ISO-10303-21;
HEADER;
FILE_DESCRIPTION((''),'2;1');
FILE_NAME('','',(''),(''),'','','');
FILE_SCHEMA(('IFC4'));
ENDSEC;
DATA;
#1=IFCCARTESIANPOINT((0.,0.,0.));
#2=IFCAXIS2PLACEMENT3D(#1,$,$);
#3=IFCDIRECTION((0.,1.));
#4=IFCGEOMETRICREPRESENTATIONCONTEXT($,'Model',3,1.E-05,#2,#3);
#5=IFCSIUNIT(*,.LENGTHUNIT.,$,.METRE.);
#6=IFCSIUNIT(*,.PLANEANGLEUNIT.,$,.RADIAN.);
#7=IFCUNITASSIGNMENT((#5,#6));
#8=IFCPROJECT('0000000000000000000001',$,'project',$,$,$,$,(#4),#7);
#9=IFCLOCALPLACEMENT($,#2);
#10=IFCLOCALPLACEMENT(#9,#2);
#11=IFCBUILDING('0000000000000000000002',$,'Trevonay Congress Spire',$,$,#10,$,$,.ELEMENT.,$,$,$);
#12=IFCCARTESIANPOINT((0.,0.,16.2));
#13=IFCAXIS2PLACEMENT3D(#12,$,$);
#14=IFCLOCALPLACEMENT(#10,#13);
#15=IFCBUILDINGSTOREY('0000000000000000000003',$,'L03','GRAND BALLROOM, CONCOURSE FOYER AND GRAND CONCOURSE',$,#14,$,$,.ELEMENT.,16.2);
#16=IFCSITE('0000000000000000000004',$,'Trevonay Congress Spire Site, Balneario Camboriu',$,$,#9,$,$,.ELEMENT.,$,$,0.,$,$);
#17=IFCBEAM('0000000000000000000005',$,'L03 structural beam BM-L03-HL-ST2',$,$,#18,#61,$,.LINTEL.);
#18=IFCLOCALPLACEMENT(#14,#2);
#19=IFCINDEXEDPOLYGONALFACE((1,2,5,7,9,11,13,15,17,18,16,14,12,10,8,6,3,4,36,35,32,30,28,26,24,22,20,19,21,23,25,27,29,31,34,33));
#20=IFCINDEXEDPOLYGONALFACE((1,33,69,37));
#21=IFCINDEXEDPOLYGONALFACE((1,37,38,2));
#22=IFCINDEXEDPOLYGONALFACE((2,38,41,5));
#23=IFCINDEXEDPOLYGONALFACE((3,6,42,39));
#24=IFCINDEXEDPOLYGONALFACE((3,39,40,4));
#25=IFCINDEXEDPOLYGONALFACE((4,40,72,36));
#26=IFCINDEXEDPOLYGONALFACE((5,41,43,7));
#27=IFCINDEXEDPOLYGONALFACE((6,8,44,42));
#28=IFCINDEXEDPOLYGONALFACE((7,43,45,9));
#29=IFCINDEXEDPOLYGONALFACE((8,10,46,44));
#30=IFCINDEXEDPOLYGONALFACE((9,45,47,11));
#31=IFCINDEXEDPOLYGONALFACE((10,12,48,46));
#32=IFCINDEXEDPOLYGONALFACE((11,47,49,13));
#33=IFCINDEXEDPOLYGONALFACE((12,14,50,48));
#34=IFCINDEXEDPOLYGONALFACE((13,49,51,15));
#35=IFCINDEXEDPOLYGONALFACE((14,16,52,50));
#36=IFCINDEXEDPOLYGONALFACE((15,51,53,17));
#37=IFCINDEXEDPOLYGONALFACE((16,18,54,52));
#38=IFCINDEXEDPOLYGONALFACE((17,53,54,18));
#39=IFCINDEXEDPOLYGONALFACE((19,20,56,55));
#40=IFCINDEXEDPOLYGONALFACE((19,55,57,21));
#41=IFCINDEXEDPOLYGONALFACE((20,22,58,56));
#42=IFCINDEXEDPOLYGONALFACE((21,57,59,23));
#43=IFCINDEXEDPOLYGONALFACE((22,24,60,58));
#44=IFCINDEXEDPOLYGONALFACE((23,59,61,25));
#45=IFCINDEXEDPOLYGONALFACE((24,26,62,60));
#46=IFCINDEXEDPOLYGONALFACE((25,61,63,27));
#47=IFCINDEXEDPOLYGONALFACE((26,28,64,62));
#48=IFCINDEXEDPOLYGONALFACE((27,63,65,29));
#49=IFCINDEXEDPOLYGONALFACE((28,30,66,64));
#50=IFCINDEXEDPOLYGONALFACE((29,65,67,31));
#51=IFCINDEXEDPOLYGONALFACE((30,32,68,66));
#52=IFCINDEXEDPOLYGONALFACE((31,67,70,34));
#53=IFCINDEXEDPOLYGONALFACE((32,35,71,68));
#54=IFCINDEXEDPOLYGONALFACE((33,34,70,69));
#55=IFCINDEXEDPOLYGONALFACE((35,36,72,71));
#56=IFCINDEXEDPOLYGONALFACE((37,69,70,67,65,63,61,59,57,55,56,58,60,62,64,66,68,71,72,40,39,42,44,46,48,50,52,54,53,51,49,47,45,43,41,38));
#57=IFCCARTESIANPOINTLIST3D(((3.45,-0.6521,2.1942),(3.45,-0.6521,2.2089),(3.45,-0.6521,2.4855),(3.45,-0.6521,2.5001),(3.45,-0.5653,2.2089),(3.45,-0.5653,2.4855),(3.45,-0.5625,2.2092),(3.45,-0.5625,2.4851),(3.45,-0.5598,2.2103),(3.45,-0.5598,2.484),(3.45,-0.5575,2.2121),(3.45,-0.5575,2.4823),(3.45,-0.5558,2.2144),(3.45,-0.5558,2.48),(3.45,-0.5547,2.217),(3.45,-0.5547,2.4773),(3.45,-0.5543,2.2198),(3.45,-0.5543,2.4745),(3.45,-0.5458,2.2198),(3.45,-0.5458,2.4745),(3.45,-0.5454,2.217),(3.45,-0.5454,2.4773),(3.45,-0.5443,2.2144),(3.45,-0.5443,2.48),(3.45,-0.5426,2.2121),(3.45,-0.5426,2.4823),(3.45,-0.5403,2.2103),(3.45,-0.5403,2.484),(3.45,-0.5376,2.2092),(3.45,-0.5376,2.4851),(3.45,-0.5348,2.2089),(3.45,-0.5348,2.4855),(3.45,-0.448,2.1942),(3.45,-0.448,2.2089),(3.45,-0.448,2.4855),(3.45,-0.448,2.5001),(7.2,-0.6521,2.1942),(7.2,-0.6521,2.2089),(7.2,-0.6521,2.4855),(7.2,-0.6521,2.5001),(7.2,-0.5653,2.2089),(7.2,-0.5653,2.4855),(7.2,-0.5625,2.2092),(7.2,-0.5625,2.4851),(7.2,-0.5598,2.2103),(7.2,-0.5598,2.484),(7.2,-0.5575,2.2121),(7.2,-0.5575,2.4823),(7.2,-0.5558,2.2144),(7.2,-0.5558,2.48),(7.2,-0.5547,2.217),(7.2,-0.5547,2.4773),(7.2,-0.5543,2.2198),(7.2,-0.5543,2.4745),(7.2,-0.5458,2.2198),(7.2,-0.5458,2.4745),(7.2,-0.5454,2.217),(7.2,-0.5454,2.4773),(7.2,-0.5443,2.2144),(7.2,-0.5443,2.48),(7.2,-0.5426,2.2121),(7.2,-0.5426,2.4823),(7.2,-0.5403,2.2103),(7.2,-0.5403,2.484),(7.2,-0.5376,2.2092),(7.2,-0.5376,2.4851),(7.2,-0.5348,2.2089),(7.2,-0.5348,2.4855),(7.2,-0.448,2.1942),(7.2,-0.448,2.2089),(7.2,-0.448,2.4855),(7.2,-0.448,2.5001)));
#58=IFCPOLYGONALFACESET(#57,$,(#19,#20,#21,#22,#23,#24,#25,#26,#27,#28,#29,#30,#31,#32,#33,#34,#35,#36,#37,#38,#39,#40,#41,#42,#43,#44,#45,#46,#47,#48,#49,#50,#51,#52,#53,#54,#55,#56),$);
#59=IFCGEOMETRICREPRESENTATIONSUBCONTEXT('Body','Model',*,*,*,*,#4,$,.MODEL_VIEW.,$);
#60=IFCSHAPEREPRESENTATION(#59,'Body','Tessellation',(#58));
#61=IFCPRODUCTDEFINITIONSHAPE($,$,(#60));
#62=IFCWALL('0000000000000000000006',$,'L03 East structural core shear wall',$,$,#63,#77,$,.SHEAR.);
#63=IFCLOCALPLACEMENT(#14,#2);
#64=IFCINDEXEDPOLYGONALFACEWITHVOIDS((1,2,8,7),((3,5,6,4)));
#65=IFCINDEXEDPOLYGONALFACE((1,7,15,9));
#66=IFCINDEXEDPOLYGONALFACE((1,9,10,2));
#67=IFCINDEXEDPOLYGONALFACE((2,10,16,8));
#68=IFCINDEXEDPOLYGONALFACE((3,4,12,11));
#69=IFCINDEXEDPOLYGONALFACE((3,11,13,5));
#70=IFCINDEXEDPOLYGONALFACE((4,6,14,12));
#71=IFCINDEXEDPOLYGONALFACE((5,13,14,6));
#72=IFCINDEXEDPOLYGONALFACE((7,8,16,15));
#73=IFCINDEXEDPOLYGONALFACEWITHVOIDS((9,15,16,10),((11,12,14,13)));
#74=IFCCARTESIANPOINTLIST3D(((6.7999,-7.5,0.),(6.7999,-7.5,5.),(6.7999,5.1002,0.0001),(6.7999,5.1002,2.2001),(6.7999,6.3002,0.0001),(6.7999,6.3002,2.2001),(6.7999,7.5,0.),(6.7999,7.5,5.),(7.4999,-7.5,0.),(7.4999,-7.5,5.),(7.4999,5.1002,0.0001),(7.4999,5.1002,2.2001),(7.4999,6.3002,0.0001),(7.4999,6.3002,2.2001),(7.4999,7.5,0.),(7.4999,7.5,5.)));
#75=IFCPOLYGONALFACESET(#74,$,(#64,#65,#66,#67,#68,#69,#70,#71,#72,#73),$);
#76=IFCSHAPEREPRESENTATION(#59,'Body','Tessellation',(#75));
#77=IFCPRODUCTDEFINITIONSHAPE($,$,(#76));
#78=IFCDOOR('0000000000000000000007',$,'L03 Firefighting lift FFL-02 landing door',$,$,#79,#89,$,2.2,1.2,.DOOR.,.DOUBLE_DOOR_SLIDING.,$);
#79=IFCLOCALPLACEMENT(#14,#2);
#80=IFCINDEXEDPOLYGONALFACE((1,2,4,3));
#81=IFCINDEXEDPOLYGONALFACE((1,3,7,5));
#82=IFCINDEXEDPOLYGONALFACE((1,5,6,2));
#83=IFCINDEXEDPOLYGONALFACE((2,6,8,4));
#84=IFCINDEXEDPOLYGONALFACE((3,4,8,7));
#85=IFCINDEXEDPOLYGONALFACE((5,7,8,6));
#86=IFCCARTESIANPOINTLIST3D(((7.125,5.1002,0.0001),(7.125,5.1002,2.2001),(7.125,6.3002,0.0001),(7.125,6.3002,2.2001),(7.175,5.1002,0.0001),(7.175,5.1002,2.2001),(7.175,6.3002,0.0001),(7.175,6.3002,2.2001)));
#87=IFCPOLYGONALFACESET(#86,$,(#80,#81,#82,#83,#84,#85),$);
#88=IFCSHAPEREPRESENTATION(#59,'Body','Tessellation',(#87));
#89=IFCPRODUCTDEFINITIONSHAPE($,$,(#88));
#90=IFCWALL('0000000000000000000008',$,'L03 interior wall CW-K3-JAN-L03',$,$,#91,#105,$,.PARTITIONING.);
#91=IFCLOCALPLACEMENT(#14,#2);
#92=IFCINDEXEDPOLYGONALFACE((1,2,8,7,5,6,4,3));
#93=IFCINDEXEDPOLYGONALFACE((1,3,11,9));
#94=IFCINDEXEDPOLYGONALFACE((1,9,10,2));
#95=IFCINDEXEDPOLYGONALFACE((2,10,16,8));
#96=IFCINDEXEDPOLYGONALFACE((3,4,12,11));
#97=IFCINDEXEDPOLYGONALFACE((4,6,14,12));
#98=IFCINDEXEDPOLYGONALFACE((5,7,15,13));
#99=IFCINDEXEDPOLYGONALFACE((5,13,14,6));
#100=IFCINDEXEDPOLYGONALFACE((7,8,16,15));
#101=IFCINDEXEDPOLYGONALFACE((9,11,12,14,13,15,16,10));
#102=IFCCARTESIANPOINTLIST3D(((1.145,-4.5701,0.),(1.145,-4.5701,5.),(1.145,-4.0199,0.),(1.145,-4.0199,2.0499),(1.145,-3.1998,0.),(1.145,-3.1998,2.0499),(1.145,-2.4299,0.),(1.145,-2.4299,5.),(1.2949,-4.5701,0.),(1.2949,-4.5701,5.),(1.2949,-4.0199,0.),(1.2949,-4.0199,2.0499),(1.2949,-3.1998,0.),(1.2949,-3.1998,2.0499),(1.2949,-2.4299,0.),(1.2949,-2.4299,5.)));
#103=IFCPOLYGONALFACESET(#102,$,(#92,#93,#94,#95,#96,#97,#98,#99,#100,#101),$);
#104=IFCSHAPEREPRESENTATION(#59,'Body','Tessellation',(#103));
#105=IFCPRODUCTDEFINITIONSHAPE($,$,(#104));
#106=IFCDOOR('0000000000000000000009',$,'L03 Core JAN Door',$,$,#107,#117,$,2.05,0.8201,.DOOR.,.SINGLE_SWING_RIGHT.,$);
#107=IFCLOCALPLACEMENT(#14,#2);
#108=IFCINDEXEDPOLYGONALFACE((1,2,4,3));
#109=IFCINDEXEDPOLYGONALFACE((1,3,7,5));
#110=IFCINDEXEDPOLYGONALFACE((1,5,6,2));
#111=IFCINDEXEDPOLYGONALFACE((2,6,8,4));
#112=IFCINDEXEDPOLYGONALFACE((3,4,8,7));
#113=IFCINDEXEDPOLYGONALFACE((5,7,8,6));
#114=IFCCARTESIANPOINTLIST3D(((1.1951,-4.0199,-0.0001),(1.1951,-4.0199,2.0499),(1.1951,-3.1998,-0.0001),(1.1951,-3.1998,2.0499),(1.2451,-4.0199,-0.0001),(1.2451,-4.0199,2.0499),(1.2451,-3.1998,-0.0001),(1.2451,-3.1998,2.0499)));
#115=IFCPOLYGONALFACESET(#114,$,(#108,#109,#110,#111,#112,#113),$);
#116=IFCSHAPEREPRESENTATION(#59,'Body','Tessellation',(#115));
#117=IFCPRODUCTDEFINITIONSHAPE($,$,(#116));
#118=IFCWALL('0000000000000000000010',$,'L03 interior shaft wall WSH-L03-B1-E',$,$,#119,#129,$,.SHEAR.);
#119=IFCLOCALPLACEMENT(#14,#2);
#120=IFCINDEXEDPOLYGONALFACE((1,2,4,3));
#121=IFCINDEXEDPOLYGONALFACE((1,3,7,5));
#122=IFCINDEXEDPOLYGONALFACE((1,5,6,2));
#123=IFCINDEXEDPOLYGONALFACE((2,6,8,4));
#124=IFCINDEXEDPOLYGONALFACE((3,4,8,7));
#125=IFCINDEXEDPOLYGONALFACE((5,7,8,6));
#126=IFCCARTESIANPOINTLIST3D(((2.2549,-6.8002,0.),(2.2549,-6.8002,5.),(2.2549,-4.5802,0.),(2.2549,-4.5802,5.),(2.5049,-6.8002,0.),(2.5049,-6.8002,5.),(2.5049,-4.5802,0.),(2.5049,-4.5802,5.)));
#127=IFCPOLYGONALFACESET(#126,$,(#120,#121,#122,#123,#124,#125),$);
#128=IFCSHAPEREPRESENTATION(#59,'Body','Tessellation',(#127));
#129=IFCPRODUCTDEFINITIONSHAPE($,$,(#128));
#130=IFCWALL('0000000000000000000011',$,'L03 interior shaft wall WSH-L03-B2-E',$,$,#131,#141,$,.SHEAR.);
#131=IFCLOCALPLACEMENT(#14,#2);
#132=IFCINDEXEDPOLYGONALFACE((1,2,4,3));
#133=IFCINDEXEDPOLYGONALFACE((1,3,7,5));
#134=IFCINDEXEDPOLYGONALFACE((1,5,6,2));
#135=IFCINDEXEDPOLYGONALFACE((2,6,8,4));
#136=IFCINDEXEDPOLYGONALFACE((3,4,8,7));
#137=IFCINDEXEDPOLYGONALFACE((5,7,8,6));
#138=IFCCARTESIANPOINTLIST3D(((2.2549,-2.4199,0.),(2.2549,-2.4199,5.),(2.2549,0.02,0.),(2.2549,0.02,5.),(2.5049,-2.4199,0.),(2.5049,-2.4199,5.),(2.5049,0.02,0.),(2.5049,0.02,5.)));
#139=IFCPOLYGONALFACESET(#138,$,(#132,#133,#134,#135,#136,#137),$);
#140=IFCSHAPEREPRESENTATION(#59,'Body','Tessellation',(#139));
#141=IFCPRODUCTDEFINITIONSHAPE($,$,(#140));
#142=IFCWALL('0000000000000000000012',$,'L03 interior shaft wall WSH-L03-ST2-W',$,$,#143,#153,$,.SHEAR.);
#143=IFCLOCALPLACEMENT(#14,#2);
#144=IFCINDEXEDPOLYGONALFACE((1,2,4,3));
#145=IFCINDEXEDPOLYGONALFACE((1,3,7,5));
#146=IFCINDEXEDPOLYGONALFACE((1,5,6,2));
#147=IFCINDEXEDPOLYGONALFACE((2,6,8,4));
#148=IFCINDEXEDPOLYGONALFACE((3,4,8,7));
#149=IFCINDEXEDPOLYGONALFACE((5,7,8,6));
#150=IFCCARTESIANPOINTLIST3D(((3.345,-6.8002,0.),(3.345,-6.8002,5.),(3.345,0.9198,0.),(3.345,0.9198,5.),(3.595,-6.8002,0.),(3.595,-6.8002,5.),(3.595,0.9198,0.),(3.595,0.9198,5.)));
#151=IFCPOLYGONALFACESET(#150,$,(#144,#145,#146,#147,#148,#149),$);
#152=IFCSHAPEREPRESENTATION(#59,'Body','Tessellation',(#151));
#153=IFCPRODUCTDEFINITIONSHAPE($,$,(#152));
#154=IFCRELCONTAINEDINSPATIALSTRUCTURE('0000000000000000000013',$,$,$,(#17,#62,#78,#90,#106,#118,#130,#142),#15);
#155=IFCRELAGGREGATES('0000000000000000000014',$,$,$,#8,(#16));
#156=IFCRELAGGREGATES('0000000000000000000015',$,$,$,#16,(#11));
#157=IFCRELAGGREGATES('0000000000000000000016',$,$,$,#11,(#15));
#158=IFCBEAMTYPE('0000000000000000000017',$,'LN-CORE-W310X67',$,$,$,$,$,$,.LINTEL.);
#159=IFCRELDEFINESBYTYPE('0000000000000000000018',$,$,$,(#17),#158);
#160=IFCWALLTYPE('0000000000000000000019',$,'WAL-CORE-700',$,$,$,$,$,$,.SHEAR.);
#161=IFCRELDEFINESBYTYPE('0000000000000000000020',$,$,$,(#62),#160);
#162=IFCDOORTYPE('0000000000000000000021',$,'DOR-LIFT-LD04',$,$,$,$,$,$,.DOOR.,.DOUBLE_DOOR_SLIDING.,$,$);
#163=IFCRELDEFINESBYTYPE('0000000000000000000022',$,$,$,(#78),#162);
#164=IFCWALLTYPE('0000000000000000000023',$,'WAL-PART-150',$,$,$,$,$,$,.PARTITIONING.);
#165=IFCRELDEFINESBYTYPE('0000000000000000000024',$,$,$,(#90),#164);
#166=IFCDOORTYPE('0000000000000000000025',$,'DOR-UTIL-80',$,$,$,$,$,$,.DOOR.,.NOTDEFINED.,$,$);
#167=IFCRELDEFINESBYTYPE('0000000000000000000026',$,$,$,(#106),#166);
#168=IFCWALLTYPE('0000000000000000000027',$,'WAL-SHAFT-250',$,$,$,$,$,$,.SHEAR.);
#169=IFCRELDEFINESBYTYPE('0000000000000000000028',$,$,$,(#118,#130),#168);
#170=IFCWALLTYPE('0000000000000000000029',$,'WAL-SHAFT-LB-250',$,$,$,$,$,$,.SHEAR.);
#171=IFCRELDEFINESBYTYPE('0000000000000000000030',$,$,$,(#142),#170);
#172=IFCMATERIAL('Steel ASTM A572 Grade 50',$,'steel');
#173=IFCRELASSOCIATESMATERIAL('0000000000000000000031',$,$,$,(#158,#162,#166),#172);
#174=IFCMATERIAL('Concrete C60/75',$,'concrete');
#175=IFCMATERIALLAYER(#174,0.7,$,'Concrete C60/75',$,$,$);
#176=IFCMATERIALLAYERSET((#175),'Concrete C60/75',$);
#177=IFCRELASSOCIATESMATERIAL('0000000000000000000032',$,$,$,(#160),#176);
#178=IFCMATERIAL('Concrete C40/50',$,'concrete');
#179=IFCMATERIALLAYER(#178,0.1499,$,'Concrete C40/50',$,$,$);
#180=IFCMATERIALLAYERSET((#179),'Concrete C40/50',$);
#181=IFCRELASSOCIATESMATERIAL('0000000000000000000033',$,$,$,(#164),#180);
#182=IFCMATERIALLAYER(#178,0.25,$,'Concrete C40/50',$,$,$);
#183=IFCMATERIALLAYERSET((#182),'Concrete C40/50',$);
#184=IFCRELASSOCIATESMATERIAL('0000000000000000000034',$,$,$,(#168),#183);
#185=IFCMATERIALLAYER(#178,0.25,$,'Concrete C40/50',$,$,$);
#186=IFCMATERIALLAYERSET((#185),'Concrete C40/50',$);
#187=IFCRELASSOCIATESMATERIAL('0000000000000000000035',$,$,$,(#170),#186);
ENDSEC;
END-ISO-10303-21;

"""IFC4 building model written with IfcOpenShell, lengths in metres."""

from ifc_helpers import new_model, si_unit, direction, frame, frame_2d, origin, origin_2d, place, context, subcontext, project, spatial, rectangle, i_section, extrude, material, layer, layer_set, material_profile, profile_set, type_object, element, fill, save


model = new_model("IFC4")

# Units and contexts
model_context = context("Model", 3, precision=1e-05, world=origin(), true_north=direction((0.0, 1.0)))
body_context = subcontext(model_context, "Body", "Model", "MODEL_VIEW")
ifc_project = project(units=[si_unit("LENGTHUNIT", "METRE"), si_unit("PLANEANGLEUNIT", "RADIAN")], contexts=[model_context])

# Site, building, storey
site_placement = place(None, origin())
site = spatial("IfcSite", under=ifc_project, at=site_placement, Name="Trevonay Congress Spire Site, Balneario Camboriu", CompositionType="ELEMENT", RefElevation=0.0)
building_placement = place(site_placement, origin())
building = spatial("IfcBuilding", under=site, at=building_placement, Name="Trevonay Congress Spire", CompositionType="ELEMENT")
storey_placement = place(building_placement, frame((0.0, 0.0, 16.2)))
storey = spatial("IfcBuildingStorey", under=building, at=storey_placement, Name="L03", Description="GRAND BALLROOM, CONCOURSE FOYER AND GRAND CONCOURSE", CompositionType="ELEMENT", Elevation=16.2)

# Shared definitions
ifc_material_1 = material(Name="Steel ASTM A572 Grade 50", Category="steel")

# Beam
ifc_material_profile_1 = material_profile(ifc_material_1, i_section(OverallWidth=0.2041, OverallDepth=0.3059, WebThickness=0.0085, FlangeThickness=0.0146, FilletRadius=0.011, at=origin_2d()), Name="W310x67")
ifc_profile_set_1 = profile_set([ifc_material_profile_1], Name="Steel ASTM A572 Grade 50")
beam_type_1 = type_object("IfcBeamType", Name="LN-CORE-W310X67", PredefinedType="LINTEL", material=ifc_profile_set_1)
beam_1_placement = place(storey_placement, frame((3.45, -0.55, 2.3472), z_axis=(1.0, 0.0, 0.0), x_axis=(0.0, 1.0, 0.0)))
element("IfcBeam", 1, at=beam_1_placement, inside=storey, type_object=beam_type_1, Name="L03 structural beam BM-L03-HL-ST2", PredefinedType="LINTEL", context=body_context, shape_type="SweptSolid", body=[
    extrude(i_section(OverallWidth=0.2041, OverallDepth=0.3059, WebThickness=0.0085, FlangeThickness=0.0146, FilletRadius=0.011, at=origin_2d()), origin(), (0.0, 0.0, 1.0), 3.75),
])

# Walls, openings, doors
ifc_material_2 = material(Name="Concrete C60/75", Category="concrete")
ifc_layer_1 = layer(ifc_material_2, 0.7, Name="Concrete C60/75")
ifc_layer_set_1 = layer_set([ifc_layer_1], Name="Concrete C60/75")
wall_type_1 = type_object("IfcWallType", Name="WAL-CORE-700", PredefinedType="SHEAR", material=ifc_layer_set_1)
wall_1_placement = place(storey_placement, frame((7.1499, -7.5, 0.0), z_axis=(0.0, 0.0, 1.0), x_axis=(0.0, 1.0, 0.0)))
wall_1 = element("IfcWall", 2, at=wall_1_placement, inside=storey, type_object=wall_type_1, Name="L03 East structural core shear wall", PredefinedType="SHEAR", context=body_context, shape_type="SweptSolid", body=[
    extrude(rectangle(XDim=15.0, YDim=0.7, at=frame_2d((7.5, 0.0))), origin(), (0.0, 0.0, 1.0), 5.0),
])
opening_1_placement = place(wall_1_placement, frame((12.6001, 0.0, 0.0)))
opening_1 = element("IfcOpeningElement", 3, at=opening_1_placement, cuts=wall_1, PredefinedType="OPENING", context=body_context, shape_type="SweptSolid", body=[
    extrude(rectangle(XDim=1.2, YDim=2.2, at=frame_2d((0.6001, 1.1001))), frame((0.0, 0.3599, 0.0), z_axis=(0.0, -1.0, 0.0), x_axis=(1.0, 0.0, 0.0)), (0.0, 0.0, 1.0), 0.72),
])
door_type_1 = type_object("IfcDoorType", Name="DOR-LIFT-LD04", OperationType="DOUBLE_DOOR_SLIDING", PredefinedType="DOOR", material=ifc_material_1)
door_1_placement = place(opening_1_placement, origin())
door_1 = element("IfcDoor", 4, at=door_1_placement, inside=storey, type_object=door_type_1, Name="L03 Firefighting lift FFL-02 landing door", OperationType="DOUBLE_DOOR_SLIDING", OverallHeight=2.2, OverallWidth=1.2, PredefinedType="DOOR", context=body_context, shape_type="SweptSolid", body=[
    extrude(rectangle(XDim=1.2, YDim=2.2, at=frame_2d((0.6001, 1.1001))), frame((0.0, 0.0249, 0.0), z_axis=(0.0, -1.0, 0.0), x_axis=(1.0, 0.0, 0.0)), (0.0, 0.0, 1.0), 0.05),
])
fill(opening_1, door_1)
ifc_material_3 = material(Name="Concrete C40/50", Category="concrete")
ifc_layer_2 = layer(ifc_material_3, 0.1499, Name="Concrete C40/50")
ifc_layer_set_2 = layer_set([ifc_layer_2], Name="Concrete C40/50")
wall_type_2 = type_object("IfcWallType", Name="WAL-PART-150", PredefinedType="PARTITIONING", material=ifc_layer_set_2)
wall_2_placement = place(storey_placement, frame((1.22, -4.5701, 0.0), z_axis=(0.0, 0.0, 1.0), x_axis=(0.0, 1.0, 0.0)))
wall_2 = element("IfcWall", 5, at=wall_2_placement, inside=storey, type_object=wall_type_2, Name="L03 interior wall CW-K3-JAN-L03", PredefinedType="PARTITIONING", context=body_context, shape_type="SweptSolid", body=[
    extrude(rectangle(XDim=2.1401, YDim=0.1499, at=frame_2d((1.0701, 0.0))), origin(), (0.0, 0.0, 1.0), 5.0),
])
opening_2_placement = place(wall_2_placement, frame((0.55, 0.0, 0.0)))
opening_2 = element("IfcOpeningElement", 6, at=opening_2_placement, cuts=wall_2, PredefinedType="OPENING", context=body_context, shape_type="SweptSolid", body=[
    extrude(rectangle(XDim=0.8201, YDim=2.05, at=frame_2d((0.4102, 1.0249))), frame((0.0, 0.085, 0.0), z_axis=(0.0, -1.0, 0.0), x_axis=(1.0, 0.0, 0.0)), (0.0, 0.0, 1.0), 0.1699),
])
door_type_2 = type_object("IfcDoorType", Name="DOR-UTIL-80", OperationType="NOTDEFINED", PredefinedType="DOOR", material=ifc_material_1)
door_2_placement = place(opening_2_placement, origin())
door_2 = element("IfcDoor", 7, at=door_2_placement, inside=storey, type_object=door_type_2, Name="L03 Core JAN Door", OperationType="SINGLE_SWING_RIGHT", OverallHeight=2.05, OverallWidth=0.8201, PredefinedType="DOOR", context=body_context, shape_type="SweptSolid", body=[
    extrude(rectangle(XDim=0.8201, YDim=2.05, at=frame_2d((0.4102, 1.0249))), frame((0.0, 0.0249, 0.0), z_axis=(0.0, -1.0, 0.0), x_axis=(1.0, 0.0, 0.0)), (0.0, 0.0, 1.0), 0.05),
])
fill(opening_2, door_2)

# Walls
ifc_layer_3 = layer(ifc_material_3, 0.25, Name="Concrete C40/50")
ifc_layer_set_3 = layer_set([ifc_layer_3], Name="Concrete C40/50")
wall_type_3 = type_object("IfcWallType", Name="WAL-SHAFT-250", PredefinedType="SHEAR", material=ifc_layer_set_3)
wall_3_placement = place(storey_placement, frame((2.3799, -6.8, 0.0), z_axis=(0.0, 0.0, 1.0), x_axis=(0.0, 1.0, 0.0)))
element("IfcWall", 8, at=wall_3_placement, inside=storey, type_object=wall_type_3, Name="L03 interior shaft wall WSH-L03-B1-E", PredefinedType="SHEAR", context=body_context, shape_type="SweptSolid", body=[
    extrude(rectangle(XDim=2.22, YDim=0.25, at=frame_2d((1.1099, 0.0))), origin(), (0.0, 0.0, 1.0), 5.0),
])
wall_4_placement = place(storey_placement, frame((2.3799, -2.4199, 0.0), z_axis=(0.0, 0.0, 1.0), x_axis=(0.0, 1.0, 0.0)))
element("IfcWall", 9, at=wall_4_placement, inside=storey, type_object=wall_type_3, Name="L03 interior shaft wall WSH-L03-B2-E", PredefinedType="SHEAR", context=body_context, shape_type="SweptSolid", body=[
    extrude(rectangle(XDim=2.4399, YDim=0.25, at=frame_2d((1.22, 0.0))), origin(), (0.0, 0.0, 1.0), 5.0),
])
ifc_layer_4 = layer(ifc_material_3, 0.25, Name="Concrete C40/50")
ifc_layer_set_4 = layer_set([ifc_layer_4], Name="Concrete C40/50")
wall_type_4 = type_object("IfcWallType", Name="WAL-SHAFT-LB-250", PredefinedType="SHEAR", material=ifc_layer_set_4)
wall_5_placement = place(storey_placement, frame((3.47, -6.8, 0.0), z_axis=(0.0, 0.0, 1.0), x_axis=(0.0, 1.0, 0.0)))
element("IfcWall", 10, at=wall_5_placement, inside=storey, type_object=wall_type_4, Name="L03 interior shaft wall WSH-L03-ST2-W", PredefinedType="SHEAR", context=body_context, shape_type="SweptSolid", body=[
    extrude(rectangle(XDim=7.72, YDim=0.25, at=frame_2d((3.8599, 0.0))), origin(), (0.0, 0.0, 1.0), 5.0),
])

save(model, "model.ifc")
